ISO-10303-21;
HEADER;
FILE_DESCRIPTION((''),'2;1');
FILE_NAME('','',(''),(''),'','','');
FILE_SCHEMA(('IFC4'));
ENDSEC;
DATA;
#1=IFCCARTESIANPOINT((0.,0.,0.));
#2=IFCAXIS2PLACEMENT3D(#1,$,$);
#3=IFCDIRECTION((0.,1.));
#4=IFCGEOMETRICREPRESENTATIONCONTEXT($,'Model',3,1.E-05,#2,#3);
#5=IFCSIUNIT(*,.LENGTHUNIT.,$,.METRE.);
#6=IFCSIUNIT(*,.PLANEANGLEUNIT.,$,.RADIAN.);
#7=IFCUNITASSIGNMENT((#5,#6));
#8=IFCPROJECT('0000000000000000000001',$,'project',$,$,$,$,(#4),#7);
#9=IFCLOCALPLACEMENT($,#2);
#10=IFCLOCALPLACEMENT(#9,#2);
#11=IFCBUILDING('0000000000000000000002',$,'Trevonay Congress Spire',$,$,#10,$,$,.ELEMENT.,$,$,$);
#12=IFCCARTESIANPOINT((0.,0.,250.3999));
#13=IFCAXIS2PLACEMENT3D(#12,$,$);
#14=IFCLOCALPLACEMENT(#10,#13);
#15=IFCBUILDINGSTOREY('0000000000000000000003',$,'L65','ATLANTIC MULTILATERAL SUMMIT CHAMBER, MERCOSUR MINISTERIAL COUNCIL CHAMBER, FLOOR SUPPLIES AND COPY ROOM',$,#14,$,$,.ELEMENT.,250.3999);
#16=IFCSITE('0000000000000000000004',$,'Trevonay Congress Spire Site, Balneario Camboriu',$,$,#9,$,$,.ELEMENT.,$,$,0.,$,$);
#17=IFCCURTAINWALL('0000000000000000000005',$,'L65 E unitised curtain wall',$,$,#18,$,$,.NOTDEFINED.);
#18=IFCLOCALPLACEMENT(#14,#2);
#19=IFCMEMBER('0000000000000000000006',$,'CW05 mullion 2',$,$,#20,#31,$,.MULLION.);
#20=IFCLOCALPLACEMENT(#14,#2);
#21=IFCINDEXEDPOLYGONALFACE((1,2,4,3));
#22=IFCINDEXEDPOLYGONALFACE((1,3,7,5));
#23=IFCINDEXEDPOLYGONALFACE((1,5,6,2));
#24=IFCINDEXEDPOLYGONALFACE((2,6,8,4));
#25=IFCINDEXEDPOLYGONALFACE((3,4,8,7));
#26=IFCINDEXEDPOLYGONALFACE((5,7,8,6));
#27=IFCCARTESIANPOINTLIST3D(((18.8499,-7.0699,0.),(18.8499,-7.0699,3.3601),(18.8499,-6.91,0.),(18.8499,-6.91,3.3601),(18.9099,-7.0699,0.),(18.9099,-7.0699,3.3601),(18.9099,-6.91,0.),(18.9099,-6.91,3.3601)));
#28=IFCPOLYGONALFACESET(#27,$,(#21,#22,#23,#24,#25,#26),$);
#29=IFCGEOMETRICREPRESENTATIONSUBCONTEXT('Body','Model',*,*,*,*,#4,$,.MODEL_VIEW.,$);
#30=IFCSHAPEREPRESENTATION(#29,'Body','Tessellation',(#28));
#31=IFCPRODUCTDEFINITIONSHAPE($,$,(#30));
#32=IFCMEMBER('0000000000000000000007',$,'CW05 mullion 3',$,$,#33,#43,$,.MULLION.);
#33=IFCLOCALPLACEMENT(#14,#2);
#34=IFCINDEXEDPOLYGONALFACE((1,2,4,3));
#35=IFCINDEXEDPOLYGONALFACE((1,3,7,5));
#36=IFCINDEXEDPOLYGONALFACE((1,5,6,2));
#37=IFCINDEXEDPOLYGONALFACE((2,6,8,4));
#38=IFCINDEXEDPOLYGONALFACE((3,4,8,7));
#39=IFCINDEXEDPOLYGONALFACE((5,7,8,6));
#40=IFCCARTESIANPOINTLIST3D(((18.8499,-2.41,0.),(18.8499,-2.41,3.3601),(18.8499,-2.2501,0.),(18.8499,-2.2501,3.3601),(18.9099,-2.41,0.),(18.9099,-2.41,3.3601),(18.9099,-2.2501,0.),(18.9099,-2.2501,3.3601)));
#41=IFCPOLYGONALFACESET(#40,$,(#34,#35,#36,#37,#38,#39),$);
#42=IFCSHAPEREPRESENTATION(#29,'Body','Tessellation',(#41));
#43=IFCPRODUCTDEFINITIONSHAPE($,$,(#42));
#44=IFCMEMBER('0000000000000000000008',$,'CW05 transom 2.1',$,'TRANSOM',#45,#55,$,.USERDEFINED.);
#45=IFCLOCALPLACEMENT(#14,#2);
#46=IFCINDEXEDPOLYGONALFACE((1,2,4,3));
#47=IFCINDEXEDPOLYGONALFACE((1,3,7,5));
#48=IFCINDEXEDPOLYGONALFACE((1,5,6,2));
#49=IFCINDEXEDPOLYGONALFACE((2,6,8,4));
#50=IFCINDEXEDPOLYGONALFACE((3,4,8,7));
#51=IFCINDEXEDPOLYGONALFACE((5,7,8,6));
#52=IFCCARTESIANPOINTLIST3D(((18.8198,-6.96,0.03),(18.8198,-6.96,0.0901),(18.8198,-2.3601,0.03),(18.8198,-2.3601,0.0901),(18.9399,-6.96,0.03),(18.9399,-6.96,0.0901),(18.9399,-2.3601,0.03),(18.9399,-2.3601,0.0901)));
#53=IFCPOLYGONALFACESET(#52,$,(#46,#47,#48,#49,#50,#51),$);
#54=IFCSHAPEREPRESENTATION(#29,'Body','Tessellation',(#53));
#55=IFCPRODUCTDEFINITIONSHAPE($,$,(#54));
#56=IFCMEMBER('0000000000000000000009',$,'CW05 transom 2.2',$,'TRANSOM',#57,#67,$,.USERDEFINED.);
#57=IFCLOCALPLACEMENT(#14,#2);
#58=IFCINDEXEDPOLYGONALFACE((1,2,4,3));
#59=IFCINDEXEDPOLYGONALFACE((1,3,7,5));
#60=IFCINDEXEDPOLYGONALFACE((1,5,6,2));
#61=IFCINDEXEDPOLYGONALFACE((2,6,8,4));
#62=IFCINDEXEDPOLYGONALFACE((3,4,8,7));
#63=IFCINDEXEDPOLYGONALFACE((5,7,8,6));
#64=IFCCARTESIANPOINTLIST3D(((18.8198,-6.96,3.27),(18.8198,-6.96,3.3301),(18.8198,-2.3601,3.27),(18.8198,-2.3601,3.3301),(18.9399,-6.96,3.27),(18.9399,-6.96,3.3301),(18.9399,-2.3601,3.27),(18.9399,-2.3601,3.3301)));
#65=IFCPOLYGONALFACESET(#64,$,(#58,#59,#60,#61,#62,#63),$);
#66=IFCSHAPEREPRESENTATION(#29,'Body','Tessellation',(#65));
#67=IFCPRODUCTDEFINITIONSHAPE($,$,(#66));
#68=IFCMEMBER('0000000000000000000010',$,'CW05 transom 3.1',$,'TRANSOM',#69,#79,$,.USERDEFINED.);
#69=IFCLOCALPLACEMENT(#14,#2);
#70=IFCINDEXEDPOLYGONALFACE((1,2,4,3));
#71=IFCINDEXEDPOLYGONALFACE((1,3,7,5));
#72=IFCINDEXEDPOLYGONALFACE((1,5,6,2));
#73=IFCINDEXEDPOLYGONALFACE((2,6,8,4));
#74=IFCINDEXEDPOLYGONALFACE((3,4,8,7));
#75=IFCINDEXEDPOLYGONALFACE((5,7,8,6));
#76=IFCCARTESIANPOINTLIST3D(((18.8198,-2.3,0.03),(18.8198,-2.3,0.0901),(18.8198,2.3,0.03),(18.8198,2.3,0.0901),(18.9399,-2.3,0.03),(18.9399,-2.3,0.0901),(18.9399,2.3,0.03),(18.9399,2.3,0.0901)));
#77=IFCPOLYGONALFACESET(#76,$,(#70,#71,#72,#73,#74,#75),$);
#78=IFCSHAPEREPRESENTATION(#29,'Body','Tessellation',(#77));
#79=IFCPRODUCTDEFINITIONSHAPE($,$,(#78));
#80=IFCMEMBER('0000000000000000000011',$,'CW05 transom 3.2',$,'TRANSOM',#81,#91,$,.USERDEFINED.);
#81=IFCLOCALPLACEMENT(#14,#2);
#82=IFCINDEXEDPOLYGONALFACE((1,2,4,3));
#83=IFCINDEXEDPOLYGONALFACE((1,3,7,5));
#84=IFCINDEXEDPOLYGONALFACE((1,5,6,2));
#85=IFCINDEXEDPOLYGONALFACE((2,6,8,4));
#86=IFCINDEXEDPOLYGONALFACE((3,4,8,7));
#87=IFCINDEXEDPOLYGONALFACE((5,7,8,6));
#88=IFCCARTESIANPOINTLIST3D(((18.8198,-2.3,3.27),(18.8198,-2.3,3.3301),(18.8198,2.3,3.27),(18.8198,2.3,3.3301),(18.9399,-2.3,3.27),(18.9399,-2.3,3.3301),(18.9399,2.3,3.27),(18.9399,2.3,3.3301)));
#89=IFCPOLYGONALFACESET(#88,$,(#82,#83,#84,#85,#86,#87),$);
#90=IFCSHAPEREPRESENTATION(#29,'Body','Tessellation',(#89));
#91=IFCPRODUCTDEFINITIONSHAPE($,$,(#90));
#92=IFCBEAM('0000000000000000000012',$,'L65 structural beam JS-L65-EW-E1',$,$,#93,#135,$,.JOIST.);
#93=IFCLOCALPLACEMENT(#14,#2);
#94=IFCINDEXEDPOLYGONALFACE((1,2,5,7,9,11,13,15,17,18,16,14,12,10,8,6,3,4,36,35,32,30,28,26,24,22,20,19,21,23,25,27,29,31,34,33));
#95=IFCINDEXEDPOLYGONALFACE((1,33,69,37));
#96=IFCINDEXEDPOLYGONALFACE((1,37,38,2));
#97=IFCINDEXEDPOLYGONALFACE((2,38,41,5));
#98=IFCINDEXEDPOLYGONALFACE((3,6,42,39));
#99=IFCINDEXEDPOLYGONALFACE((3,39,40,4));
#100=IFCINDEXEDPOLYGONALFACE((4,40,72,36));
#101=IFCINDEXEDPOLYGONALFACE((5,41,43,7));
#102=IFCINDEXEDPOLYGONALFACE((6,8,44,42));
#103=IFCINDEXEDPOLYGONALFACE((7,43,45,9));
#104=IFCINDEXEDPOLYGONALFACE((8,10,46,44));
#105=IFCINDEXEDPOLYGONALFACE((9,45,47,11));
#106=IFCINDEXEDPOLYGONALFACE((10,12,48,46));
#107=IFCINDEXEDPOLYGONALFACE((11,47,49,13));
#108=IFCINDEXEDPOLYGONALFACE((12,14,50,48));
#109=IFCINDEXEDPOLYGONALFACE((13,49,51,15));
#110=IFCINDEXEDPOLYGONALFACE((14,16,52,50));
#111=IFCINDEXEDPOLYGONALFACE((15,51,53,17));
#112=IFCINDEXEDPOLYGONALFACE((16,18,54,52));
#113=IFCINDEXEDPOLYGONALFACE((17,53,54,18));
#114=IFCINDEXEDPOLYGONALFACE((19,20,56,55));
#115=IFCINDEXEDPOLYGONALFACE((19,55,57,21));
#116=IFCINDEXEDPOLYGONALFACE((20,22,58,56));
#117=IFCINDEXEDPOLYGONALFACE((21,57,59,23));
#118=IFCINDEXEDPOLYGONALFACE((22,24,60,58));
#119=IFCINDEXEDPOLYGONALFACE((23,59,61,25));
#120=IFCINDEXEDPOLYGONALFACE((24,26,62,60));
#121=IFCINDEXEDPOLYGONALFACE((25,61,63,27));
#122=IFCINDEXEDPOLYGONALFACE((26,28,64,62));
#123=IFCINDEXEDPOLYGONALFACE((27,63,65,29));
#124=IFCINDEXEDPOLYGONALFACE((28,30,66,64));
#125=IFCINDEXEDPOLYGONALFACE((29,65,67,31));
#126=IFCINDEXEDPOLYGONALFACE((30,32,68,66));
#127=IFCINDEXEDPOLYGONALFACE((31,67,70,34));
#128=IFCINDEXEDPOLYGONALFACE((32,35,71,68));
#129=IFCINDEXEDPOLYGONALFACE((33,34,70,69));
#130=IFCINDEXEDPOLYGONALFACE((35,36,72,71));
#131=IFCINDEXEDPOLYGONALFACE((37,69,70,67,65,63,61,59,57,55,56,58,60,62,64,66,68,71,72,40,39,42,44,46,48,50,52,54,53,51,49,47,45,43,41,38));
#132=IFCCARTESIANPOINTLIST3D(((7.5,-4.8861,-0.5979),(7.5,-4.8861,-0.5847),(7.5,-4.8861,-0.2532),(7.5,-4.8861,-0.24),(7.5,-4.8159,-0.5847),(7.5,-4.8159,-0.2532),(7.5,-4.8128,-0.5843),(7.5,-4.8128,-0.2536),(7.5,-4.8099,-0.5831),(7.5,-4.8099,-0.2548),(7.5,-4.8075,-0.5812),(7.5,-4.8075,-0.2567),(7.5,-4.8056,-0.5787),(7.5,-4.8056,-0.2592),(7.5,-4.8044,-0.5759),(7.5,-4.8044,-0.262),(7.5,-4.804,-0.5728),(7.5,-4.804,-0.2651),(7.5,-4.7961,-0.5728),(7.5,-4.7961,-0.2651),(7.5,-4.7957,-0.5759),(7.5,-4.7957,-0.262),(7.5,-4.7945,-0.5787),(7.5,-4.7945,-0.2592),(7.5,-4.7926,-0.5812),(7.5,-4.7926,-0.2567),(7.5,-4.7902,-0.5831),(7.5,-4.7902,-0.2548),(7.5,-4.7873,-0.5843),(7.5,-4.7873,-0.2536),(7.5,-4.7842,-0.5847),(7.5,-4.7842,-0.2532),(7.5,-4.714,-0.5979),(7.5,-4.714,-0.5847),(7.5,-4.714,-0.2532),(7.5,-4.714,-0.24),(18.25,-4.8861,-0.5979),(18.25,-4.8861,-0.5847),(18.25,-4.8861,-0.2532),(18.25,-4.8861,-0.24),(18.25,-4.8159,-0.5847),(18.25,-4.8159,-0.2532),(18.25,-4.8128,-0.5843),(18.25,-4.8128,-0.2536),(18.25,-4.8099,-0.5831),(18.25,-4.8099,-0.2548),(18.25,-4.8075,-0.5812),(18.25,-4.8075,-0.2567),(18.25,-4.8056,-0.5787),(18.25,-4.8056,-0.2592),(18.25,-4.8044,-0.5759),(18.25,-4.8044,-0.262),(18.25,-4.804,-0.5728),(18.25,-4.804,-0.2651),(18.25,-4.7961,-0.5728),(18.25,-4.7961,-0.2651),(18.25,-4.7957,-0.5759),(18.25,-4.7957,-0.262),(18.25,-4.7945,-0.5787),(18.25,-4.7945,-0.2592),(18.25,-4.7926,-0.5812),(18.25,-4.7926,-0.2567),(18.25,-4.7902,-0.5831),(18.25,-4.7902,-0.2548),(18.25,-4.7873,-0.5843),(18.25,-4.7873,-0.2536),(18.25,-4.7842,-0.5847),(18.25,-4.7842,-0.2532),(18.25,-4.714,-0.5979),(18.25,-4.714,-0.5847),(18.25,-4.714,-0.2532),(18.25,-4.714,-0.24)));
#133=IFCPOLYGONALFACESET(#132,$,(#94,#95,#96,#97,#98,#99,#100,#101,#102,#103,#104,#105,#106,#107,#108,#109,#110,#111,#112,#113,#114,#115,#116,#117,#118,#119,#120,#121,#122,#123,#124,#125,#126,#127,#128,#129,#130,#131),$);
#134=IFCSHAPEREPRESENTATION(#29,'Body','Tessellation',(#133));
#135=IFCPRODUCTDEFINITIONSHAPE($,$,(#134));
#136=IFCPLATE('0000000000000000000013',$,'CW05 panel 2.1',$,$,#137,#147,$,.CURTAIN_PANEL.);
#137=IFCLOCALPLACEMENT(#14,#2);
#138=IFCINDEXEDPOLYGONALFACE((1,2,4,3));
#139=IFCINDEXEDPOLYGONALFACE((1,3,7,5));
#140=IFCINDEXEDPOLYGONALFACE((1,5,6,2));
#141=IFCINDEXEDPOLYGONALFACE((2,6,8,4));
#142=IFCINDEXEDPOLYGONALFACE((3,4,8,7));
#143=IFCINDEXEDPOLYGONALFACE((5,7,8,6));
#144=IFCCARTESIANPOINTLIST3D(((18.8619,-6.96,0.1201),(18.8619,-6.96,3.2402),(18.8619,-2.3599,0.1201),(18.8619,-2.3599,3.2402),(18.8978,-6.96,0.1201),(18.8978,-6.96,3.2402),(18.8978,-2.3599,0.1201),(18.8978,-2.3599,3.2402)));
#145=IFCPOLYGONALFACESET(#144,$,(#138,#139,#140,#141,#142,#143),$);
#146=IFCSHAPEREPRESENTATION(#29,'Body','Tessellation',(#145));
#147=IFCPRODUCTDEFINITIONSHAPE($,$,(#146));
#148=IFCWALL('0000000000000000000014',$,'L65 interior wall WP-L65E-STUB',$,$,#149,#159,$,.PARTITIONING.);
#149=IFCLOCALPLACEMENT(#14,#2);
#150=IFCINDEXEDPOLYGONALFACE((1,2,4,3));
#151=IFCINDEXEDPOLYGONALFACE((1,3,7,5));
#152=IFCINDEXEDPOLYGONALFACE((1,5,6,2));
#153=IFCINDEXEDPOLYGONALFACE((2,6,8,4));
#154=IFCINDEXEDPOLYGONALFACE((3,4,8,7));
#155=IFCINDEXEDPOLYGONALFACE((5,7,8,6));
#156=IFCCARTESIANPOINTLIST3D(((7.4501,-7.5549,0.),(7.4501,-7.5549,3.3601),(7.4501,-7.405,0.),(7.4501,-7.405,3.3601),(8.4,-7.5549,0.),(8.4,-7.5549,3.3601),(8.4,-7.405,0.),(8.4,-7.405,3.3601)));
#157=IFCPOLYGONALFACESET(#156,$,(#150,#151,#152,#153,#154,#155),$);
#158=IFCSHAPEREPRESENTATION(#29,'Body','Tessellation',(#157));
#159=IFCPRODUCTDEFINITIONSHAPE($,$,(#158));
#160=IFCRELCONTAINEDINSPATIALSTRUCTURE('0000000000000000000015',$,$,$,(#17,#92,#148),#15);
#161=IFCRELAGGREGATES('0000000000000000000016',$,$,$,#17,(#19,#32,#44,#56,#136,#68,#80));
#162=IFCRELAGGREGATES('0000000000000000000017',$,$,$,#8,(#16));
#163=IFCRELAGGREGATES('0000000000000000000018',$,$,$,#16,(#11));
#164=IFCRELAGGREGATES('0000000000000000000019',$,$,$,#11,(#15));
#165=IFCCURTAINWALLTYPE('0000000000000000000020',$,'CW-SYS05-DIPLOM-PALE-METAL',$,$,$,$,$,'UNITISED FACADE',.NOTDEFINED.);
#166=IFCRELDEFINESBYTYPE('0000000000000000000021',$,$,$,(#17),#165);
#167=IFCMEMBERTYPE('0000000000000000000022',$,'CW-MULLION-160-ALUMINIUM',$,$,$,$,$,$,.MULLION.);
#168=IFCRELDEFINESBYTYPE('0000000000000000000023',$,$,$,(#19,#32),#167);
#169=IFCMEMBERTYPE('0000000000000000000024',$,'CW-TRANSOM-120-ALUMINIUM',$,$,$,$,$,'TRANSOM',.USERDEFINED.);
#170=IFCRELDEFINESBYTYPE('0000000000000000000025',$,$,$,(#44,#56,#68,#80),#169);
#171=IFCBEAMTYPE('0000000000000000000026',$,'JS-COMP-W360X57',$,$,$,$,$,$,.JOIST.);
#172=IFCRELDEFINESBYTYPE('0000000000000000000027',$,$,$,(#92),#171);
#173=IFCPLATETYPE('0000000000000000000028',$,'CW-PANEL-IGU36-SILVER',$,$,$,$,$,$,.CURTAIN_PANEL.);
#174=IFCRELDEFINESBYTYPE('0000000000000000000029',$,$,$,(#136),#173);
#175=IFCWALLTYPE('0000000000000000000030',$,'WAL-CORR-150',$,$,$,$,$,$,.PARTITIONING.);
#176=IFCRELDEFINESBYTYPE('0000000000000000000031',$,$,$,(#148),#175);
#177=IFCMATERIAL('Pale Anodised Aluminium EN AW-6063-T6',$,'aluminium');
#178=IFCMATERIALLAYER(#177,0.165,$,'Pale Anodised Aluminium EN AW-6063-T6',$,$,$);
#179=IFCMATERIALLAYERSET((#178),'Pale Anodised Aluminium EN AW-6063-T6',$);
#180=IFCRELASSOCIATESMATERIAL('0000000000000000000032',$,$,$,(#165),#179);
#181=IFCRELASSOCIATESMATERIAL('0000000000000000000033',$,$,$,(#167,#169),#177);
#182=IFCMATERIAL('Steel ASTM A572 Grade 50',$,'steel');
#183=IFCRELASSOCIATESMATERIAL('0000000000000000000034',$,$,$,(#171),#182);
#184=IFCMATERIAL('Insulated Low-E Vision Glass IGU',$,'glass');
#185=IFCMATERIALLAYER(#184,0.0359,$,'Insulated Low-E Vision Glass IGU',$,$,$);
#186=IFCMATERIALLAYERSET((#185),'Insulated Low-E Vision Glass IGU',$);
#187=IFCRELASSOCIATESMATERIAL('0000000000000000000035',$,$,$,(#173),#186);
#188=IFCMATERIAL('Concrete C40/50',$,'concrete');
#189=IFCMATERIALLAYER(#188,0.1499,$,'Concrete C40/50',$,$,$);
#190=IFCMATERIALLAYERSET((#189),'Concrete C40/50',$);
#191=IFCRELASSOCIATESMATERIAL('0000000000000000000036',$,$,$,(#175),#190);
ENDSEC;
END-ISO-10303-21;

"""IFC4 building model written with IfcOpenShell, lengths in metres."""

from ifc_helpers import new_model, si_unit, direction, frame, frame_2d, origin, origin_2d, place, context, subcontext, project, spatial, rectangle, i_section, extrude, material, layer, layer_set, material_profile, profile_set, type_object, element, aggregate, save


model = new_model("IFC4")

# Units and contexts
model_context = context("Model", 3, precision=1e-05, world=origin(), true_north=direction((0.0, 1.0)))
body_context = subcontext(model_context, "Body", "Model", "MODEL_VIEW")
ifc_project = project(units=[si_unit("LENGTHUNIT", "METRE"), si_unit("PLANEANGLEUNIT", "RADIAN")], contexts=[model_context])

# Site, building, storey
site_placement = place(None, origin())
site = spatial("IfcSite", under=ifc_project, at=site_placement, Name="Trevonay Congress Spire Site, Balneario Camboriu", CompositionType="ELEMENT", RefElevation=0.0)
building_placement = place(site_placement, origin())
building = spatial("IfcBuilding", under=site, at=building_placement, Name="Trevonay Congress Spire", CompositionType="ELEMENT")
storey_placement = place(building_placement, frame((0.0, 0.0, 250.3999)))
storey = spatial("IfcBuildingStorey", under=building, at=storey_placement, Name="L65", Description="ATLANTIC MULTILATERAL SUMMIT CHAMBER, MERCOSUR MINISTERIAL COUNCIL CHAMBER, FLOOR SUPPLIES AND COPY ROOM", CompositionType="ELEMENT", Elevation=250.3999)

# Shared definitions
ifc_material_1 = material(Name="Steel ASTM A572 Grade 50", Category="steel")

# Curtain wall, members
ifc_material_2 = material(Name="Pale Anodised Aluminium EN AW-6063-T6", Category="aluminium")
ifc_layer_1 = layer(ifc_material_2, 0.165, Name="Pale Anodised Aluminium EN AW-6063-T6")
ifc_layer_set_1 = layer_set([ifc_layer_1], Name="Pale Anodised Aluminium EN AW-6063-T6")
curtain_wall_type = type_object("IfcCurtainWallType", Name="CW-SYS05-DIPLOM-PALE-METAL", ElementType="UNITISED FACADE", PredefinedType="NOTDEFINED", material=ifc_layer_set_1)
curtain_wall_placement = place(storey_placement, origin())
curtain_wall = element("IfcCurtainWall", 1, at=curtain_wall_placement, inside=storey, type_object=curtain_wall_type, Name="L65 E unitised curtain wall", PredefinedType="NOTDEFINED")
ifc_material_profile_1 = material_profile(ifc_material_2, rectangle(XDim=0.0601, YDim=0.1599, at=origin_2d()), Name="CW-MULLION-160-ALUMINIUM")
ifc_profile_set_1 = profile_set([ifc_material_profile_1], Name="Pale Anodised Aluminium EN AW-6063-T6")
member_type_1 = type_object("IfcMemberType", Name="CW-MULLION-160-ALUMINIUM", PredefinedType="MULLION", material=ifc_profile_set_1)
member_1_placement = place(storey_placement, frame((18.8799, -6.99, 0.0), z_axis=(0.0, 0.0, 1.0), x_axis=(-1.0, 0.0, 0.0)))
member_1 = element("IfcMember", 2, at=member_1_placement, type_object=member_type_1, Name="CW05 mullion 2", PredefinedType="MULLION", context=body_context, shape_type="SweptSolid", body=[
    extrude(rectangle(XDim=0.0601, YDim=0.1599, at=origin_2d()), origin(), (0.0, 0.0, 1.0), 3.3601),
])
member_2_placement = place(storey_placement, frame((18.8799, -2.3301, 0.0), z_axis=(0.0, 0.0, 1.0), x_axis=(-1.0, 0.0, 0.0)))
member_2 = element("IfcMember", 3, at=member_2_placement, type_object=member_type_1, Name="CW05 mullion 3", PredefinedType="MULLION", context=body_context, shape_type="SweptSolid", body=[
    extrude(rectangle(XDim=0.0601, YDim=0.1599, at=origin_2d()), origin(), (0.0, 0.0, 1.0), 3.3601),
])
ifc_material_profile_2 = material_profile(ifc_material_2, rectangle(XDim=0.1201, YDim=0.0601, at=origin_2d()), Name="CW-TRANSOM-120-ALUMINIUM")
ifc_profile_set_2 = profile_set([ifc_material_profile_2], Name="Pale Anodised Aluminium EN AW-6063-T6")
member_type_2 = type_object("IfcMemberType", Name="CW-TRANSOM-120-ALUMINIUM", ElementType="TRANSOM", PredefinedType="USERDEFINED", material=ifc_profile_set_2)
member_3_placement = place(storey_placement, frame((18.8799, -6.96, 0.0601), z_axis=(0.0, 1.0, 0.0), x_axis=(-1.0, 0.0, 0.0)))
member_3 = element("IfcMember", 4, at=member_3_placement, type_object=member_type_2, Name="CW05 transom 2.1", ObjectType="TRANSOM", PredefinedType="USERDEFINED", context=body_context, shape_type="SweptSolid", body=[
    extrude(rectangle(XDim=0.1201, YDim=0.0601, at=origin_2d()), origin(), (0.0, 0.0, 1.0), 4.5999),
])
member_4_placement = place(storey_placement, frame((18.8799, -6.96, 3.3), z_axis=(0.0, 1.0, 0.0), x_axis=(-1.0, 0.0, 0.0)))
member_4 = element("IfcMember", 5, at=member_4_placement, type_object=member_type_2, Name="CW05 transom 2.2", ObjectType="TRANSOM", PredefinedType="USERDEFINED", context=body_context, shape_type="SweptSolid", body=[
    extrude(rectangle(XDim=0.1201, YDim=0.0601, at=origin_2d()), origin(), (0.0, 0.0, 1.0), 4.5999),
])
member_5_placement = place(storey_placement, frame((18.8799, -2.3, 0.0601), z_axis=(0.0, 1.0, 0.0), x_axis=(-1.0, 0.0, 0.0)))
member_5 = element("IfcMember", 6, at=member_5_placement, type_object=member_type_2, Name="CW05 transom 3.1", ObjectType="TRANSOM", PredefinedType="USERDEFINED", context=body_context, shape_type="SweptSolid", body=[
    extrude(rectangle(XDim=0.1201, YDim=0.0601, at=origin_2d()), origin(), (0.0, 0.0, 1.0), 4.6001),
])
member_6_placement = place(storey_placement, frame((18.8799, -2.3, 3.3), z_axis=(0.0, 1.0, 0.0), x_axis=(-1.0, 0.0, 0.0)))
member_6 = element("IfcMember", 7, at=member_6_placement, type_object=member_type_2, Name="CW05 transom 3.2", ObjectType="TRANSOM", PredefinedType="USERDEFINED", context=body_context, shape_type="SweptSolid", body=[
    extrude(rectangle(XDim=0.1201, YDim=0.0601, at=origin_2d()), origin(), (0.0, 0.0, 1.0), 4.6001),
])

# Beam
ifc_material_profile_3 = material_profile(ifc_material_1, i_section(OverallWidth=0.1721, OverallDepth=0.3579, WebThickness=0.0078, FlangeThickness=0.0132, FilletRadius=0.012, at=origin_2d()), Name="W360x57.8")
ifc_profile_set_3 = profile_set([ifc_material_profile_3], Name="Steel ASTM A572 Grade 50")
beam_type_1 = type_object("IfcBeamType", Name="JS-COMP-W360X57", PredefinedType="JOIST", material=ifc_profile_set_3)
beam_1_placement = place(storey_placement, frame((7.5, -4.8, -0.4189), z_axis=(1.0, 0.0, 0.0), x_axis=(0.0, 1.0, 0.0)))
element("IfcBeam", 8, at=beam_1_placement, inside=storey, type_object=beam_type_1, Name="L65 structural beam JS-L65-EW-E1", PredefinedType="JOIST", context=body_context, shape_type="SweptSolid", body=[
    extrude(i_section(OverallWidth=0.1721, OverallDepth=0.3579, WebThickness=0.0078, FlangeThickness=0.0132, FilletRadius=0.012, at=origin_2d()), origin(), (0.0, 0.0, 1.0), 10.75),
])

# Plate
ifc_material_3 = material(Name="Insulated Low-E Vision Glass IGU", Category="glass")
ifc_layer_2 = layer(ifc_material_3, 0.0359, Name="Insulated Low-E Vision Glass IGU")
ifc_layer_set_2 = layer_set([ifc_layer_2], Name="Insulated Low-E Vision Glass IGU")
plate_type = type_object("IfcPlateType", Name="CW-PANEL-IGU36-SILVER", PredefinedType="CURTAIN_PANEL", material=ifc_layer_set_2)
plate_placement = place(storey_placement, frame((18.8799, -4.6599, 0.1201), z_axis=(0.0, 0.0, 1.0), x_axis=(0.0, 1.0, 0.0)))
plate = element("IfcPlate", 9, at=plate_placement, type_object=plate_type, Name="CW05 panel 2.1", PredefinedType="CURTAIN_PANEL", context=body_context, shape_type="SweptSolid", body=[
    extrude(rectangle(XDim=4.6001, YDim=0.0359, at=origin_2d()), origin(), (0.0, 0.0, 1.0), 3.1201),
])
aggregate(curtain_wall, [member_1, member_2, member_3, member_4, plate, member_5, member_6])

# Wall
ifc_material_4 = material(Name="Concrete C40/50", Category="concrete")
ifc_layer_3 = layer(ifc_material_4, 0.1499, Name="Concrete C40/50")
ifc_layer_set_3 = layer_set([ifc_layer_3], Name="Concrete C40/50")
wall_type_1 = type_object("IfcWallType", Name="WAL-CORR-150", PredefinedType="PARTITIONING", material=ifc_layer_set_3)
wall_1_placement = place(storey_placement, frame((7.45, -7.48, 0.0), z_axis=(0.0, 0.0, 1.0), x_axis=(1.0, 0.0, 0.0)))
element("IfcWall", 10, at=wall_1_placement, inside=storey, type_object=wall_type_1, Name="L65 interior wall WP-L65E-STUB", PredefinedType="PARTITIONING", context=body_context, shape_type="SweptSolid", body=[
    extrude(rectangle(XDim=0.95, YDim=0.1499, at=frame_2d((0.4751, 0.0))), origin(), (0.0, 0.0, 1.0), 3.3601),
])

save(model, "model.ifc")
